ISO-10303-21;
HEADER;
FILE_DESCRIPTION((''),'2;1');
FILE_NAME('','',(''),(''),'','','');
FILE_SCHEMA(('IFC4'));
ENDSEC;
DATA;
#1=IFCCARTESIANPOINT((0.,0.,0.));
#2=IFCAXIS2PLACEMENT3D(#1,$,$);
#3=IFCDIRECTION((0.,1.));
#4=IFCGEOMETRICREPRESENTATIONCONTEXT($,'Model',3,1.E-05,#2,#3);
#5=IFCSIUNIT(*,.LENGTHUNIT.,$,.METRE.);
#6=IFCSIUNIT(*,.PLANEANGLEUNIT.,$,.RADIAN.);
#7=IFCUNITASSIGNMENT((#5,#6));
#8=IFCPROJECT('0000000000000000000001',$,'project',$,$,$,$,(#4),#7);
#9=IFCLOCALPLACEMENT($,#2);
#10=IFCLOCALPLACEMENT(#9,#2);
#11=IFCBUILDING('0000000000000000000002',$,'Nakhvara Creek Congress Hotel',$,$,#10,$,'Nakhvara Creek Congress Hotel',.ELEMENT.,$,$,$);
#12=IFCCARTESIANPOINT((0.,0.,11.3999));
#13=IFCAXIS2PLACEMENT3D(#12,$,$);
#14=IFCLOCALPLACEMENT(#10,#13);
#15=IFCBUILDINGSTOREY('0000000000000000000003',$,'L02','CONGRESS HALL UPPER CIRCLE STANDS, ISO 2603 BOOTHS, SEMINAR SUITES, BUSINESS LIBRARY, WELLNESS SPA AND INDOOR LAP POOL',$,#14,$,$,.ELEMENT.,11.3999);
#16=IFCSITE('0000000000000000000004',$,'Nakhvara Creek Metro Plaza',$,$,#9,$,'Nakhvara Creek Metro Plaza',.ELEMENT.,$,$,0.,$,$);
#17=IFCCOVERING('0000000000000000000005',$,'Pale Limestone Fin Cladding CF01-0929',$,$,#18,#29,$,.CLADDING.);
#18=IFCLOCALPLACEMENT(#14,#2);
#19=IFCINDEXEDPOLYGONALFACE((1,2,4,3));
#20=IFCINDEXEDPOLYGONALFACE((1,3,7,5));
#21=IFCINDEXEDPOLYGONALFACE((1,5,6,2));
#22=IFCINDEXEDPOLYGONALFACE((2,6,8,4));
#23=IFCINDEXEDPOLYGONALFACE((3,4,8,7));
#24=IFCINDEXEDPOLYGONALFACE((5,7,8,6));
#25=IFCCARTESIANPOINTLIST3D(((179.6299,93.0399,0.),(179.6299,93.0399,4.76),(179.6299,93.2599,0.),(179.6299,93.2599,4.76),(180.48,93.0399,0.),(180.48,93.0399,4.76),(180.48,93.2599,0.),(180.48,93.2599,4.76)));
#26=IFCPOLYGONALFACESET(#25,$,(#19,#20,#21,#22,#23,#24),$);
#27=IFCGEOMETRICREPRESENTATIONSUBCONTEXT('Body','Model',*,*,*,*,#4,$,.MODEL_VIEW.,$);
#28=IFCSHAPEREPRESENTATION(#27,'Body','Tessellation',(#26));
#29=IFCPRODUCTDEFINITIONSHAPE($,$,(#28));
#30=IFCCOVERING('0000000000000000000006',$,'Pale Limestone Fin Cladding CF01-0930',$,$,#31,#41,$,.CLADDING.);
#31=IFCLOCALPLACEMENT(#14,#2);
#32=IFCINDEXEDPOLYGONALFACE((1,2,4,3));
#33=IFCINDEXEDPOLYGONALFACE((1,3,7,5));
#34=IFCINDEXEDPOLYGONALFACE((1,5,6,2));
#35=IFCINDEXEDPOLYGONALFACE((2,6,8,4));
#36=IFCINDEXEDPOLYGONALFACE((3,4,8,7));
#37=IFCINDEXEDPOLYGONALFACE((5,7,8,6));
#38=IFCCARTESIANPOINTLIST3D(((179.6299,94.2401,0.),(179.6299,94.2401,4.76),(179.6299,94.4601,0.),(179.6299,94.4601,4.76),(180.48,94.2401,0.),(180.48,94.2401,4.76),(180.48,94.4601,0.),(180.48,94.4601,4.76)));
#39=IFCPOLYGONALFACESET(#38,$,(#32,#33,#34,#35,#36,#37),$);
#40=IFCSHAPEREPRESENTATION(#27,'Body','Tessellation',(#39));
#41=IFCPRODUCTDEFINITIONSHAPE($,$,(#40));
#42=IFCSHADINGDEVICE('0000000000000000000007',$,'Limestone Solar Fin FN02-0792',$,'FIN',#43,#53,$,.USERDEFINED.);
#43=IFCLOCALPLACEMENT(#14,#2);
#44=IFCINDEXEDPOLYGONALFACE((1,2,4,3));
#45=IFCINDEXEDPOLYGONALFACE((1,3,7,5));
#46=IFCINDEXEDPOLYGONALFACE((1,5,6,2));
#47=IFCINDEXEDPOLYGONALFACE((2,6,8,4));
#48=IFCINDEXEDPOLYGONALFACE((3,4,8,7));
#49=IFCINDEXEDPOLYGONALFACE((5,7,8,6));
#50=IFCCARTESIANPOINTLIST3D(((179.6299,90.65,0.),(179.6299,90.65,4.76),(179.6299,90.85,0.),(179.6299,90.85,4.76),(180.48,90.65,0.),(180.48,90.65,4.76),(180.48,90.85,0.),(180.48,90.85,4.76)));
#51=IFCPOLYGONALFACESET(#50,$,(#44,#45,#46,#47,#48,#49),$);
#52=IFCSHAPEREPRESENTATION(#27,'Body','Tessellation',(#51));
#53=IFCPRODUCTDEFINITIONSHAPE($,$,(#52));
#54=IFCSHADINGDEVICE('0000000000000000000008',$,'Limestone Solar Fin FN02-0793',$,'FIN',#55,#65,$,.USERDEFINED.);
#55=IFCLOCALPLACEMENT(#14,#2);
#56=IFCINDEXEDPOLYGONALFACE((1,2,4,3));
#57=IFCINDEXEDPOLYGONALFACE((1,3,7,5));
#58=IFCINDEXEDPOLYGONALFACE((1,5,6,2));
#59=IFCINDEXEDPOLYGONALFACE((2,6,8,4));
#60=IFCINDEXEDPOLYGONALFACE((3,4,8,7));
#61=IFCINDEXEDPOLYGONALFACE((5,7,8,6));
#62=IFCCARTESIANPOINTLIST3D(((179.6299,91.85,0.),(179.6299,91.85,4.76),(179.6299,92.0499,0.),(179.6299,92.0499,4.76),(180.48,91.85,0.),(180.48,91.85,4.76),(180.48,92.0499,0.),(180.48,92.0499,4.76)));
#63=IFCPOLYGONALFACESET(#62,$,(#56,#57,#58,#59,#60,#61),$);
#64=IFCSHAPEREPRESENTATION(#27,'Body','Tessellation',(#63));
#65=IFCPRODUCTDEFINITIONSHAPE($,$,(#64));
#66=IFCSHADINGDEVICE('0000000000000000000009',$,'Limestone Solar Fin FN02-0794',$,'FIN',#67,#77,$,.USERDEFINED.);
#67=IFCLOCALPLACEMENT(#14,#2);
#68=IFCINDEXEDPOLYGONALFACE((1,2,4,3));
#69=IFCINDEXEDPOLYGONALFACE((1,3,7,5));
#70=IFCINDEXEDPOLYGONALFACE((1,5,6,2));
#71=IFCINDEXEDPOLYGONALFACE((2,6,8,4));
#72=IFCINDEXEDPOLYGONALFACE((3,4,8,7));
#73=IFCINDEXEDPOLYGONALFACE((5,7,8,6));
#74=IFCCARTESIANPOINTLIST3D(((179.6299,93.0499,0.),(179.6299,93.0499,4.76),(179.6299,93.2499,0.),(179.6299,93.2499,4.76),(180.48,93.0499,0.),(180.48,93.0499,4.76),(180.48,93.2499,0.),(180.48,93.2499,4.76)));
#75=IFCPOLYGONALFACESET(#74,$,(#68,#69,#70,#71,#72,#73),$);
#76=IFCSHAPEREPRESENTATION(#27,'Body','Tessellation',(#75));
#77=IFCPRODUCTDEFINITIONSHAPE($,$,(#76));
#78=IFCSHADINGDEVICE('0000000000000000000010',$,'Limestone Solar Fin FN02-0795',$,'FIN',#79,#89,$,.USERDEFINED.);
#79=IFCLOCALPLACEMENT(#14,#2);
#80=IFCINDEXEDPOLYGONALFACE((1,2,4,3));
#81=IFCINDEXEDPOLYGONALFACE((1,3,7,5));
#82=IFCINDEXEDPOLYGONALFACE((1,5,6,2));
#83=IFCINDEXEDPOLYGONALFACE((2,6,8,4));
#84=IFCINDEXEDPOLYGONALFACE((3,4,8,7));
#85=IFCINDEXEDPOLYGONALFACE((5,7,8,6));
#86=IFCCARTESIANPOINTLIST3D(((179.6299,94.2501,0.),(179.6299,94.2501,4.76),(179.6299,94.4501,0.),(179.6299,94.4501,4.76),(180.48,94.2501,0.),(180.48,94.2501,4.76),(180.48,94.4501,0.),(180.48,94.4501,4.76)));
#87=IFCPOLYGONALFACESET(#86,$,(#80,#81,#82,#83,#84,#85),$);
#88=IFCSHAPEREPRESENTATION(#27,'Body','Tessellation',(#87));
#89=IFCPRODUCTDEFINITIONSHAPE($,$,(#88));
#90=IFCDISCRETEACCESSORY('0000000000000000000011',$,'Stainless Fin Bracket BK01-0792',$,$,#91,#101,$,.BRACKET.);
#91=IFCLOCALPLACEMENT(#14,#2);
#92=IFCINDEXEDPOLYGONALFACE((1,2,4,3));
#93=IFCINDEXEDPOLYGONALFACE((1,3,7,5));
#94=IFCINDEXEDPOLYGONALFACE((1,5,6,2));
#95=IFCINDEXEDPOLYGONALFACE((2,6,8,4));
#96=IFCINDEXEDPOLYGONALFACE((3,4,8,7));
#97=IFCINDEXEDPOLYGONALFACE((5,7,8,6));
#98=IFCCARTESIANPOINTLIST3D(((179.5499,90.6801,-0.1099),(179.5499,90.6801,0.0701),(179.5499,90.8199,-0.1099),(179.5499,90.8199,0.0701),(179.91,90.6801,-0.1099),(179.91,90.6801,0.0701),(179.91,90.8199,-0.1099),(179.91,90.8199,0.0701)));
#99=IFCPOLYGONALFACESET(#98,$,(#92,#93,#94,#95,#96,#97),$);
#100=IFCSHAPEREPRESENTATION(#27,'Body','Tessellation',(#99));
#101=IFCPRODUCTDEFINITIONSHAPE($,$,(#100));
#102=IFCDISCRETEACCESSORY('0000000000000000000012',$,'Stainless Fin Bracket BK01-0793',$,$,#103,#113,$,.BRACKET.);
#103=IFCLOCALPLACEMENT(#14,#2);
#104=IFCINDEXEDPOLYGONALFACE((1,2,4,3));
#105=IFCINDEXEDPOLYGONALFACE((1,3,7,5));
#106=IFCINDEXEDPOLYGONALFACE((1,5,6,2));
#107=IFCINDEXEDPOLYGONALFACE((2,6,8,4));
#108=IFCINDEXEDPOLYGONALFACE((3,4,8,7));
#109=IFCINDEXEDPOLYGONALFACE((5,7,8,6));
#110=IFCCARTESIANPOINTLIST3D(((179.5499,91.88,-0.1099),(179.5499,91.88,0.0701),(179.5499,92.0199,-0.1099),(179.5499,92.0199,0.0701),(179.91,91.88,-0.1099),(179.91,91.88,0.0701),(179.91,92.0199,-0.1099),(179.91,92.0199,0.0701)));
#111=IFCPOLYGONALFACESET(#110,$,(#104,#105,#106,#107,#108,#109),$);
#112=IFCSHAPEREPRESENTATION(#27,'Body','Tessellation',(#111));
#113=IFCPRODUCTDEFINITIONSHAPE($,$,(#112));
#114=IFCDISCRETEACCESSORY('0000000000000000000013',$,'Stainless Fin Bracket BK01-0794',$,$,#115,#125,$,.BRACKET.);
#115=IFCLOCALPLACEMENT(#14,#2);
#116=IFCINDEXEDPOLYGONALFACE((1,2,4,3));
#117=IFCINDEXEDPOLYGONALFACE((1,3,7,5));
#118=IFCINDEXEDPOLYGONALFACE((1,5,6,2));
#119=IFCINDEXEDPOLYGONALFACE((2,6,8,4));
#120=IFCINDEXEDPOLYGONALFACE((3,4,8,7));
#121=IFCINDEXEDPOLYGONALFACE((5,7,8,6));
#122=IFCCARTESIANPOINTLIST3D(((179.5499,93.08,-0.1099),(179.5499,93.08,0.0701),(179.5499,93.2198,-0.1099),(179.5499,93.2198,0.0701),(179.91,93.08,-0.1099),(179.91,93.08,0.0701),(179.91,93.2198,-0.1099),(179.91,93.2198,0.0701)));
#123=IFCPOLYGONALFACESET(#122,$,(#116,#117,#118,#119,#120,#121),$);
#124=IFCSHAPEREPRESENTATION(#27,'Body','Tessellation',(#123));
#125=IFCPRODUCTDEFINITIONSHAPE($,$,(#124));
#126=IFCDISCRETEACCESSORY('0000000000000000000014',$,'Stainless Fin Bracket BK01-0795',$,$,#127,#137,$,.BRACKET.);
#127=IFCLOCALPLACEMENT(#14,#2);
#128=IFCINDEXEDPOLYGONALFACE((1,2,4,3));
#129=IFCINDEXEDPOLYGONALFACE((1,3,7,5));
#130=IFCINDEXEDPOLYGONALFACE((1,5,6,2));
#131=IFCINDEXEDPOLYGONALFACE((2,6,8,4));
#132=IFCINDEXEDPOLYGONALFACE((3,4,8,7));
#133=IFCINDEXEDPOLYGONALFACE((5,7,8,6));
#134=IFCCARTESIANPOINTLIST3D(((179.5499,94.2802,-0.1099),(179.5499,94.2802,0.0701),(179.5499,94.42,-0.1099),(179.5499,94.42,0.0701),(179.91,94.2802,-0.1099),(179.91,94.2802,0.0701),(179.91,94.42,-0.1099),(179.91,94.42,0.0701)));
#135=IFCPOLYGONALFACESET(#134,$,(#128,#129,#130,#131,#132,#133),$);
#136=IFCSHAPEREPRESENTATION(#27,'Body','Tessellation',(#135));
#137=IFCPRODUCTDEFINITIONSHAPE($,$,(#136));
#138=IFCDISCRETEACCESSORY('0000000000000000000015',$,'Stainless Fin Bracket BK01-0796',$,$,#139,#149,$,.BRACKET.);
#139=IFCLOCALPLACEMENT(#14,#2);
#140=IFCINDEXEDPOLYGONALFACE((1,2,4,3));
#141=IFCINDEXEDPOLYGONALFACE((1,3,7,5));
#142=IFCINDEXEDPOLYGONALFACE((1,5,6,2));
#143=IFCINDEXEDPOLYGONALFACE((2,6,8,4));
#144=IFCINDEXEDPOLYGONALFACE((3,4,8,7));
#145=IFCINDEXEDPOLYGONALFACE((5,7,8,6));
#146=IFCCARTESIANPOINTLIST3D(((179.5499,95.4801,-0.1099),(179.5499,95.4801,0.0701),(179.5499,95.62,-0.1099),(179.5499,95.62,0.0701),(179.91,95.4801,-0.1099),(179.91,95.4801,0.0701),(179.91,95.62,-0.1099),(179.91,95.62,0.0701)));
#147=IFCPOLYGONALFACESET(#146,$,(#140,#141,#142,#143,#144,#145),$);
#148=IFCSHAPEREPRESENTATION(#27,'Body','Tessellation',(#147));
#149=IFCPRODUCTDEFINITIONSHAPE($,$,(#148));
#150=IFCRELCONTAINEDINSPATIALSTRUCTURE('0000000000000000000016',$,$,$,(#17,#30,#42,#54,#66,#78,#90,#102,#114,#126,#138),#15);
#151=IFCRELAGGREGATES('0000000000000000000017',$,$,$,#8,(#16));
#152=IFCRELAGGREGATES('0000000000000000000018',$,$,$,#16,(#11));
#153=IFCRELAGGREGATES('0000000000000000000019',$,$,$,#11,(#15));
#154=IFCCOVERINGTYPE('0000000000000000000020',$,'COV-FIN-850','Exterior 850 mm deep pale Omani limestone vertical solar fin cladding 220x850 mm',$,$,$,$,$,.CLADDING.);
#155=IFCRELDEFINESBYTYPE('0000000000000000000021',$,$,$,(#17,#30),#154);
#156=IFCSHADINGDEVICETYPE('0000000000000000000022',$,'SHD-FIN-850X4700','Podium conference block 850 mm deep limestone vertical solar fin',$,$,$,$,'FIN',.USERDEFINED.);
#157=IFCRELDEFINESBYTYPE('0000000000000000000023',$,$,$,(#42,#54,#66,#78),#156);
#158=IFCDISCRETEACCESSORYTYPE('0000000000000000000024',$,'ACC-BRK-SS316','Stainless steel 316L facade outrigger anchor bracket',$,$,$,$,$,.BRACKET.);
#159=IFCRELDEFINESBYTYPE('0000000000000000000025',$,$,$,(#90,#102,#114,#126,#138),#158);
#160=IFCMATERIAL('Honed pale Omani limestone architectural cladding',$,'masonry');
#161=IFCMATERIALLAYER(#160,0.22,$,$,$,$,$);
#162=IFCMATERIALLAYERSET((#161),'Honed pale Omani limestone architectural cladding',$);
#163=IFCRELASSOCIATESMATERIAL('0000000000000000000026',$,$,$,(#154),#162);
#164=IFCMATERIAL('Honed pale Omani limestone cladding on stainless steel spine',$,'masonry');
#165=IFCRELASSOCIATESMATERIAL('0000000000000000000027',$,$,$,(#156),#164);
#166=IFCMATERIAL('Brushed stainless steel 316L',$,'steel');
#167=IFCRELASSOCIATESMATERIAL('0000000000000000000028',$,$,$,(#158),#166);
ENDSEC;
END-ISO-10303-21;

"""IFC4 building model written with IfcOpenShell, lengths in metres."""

from ifc_helpers import new_model, si_unit, direction, frame, origin, origin_2d, place, context, subcontext, project, spatial, rectangle, extrude, material, layer, layer_set, type_object, element, save


model = new_model("IFC4")

# Units and contexts
model_context = context("Model", 3, precision=1e-05, world=origin(), true_north=direction((0.0, 1.0)))
body_context = subcontext(model_context, "Body", "Model", "MODEL_VIEW")
ifc_project = project(units=[si_unit("LENGTHUNIT", "METRE"), si_unit("PLANEANGLEUNIT", "RADIAN")], contexts=[model_context])

# Site, building, storey
site_placement = place(None, origin())
site = spatial("IfcSite", under=ifc_project, at=site_placement, Name="Nakhvara Creek Metro Plaza", LongName="Nakhvara Creek Metro Plaza", CompositionType="ELEMENT", RefElevation=0.0)
building_placement = place(site_placement, origin())
building = spatial("IfcBuilding", under=site, at=building_placement, Name="Nakhvara Creek Congress Hotel", LongName="Nakhvara Creek Congress Hotel", CompositionType="ELEMENT")
storey_placement = place(building_placement, frame((0.0, 0.0, 11.3999)))
storey = spatial("IfcBuildingStorey", under=building, at=storey_placement, Name="L02", Description="CONGRESS HALL UPPER CIRCLE STANDS, ISO 2603 BOOTHS, SEMINAR SUITES, BUSINESS LIBRARY, WELLNESS SPA AND INDOOR LAP POOL", CompositionType="ELEMENT", Elevation=11.3999)

# Coverings
ifc_material_1 = material(Name="Honed pale Omani limestone architectural cladding", Category="masonry")
ifc_layer_1 = layer(ifc_material_1, 0.22)
ifc_layer_set_1 = layer_set([ifc_layer_1], Name="Honed pale Omani limestone architectural cladding")
covering_type = type_object("IfcCoveringType", Name="COV-FIN-850", Description="Exterior 850 mm deep pale Omani limestone vertical solar fin cladding 220x850 mm", PredefinedType="CLADDING", material=ifc_layer_set_1)
for number, where, z_axis, x_axis, name in (
    (1, (180.0549, 93.1499, 0.0), (0.0, 0.0, 1.0), (0.0, 1.0, 0.0), "Pale Limestone Fin Cladding CF01-0929"),
    (2, (180.0549, 94.3501, 0.0), (0.0, 0.0, 1.0), (0.0, 1.0, 0.0), "Pale Limestone Fin Cladding CF01-0930"),
):
    element("IfcCovering", number, at=place(storey_placement, frame(where, z_axis=z_axis, x_axis=x_axis)), inside=storey, type_object=covering_type, Name=name, PredefinedType="CLADDING", context=body_context, shape_type="SweptSolid", body=[
        extrude(rectangle(XDim=0.22, YDim=0.8501, at=origin_2d()), origin(), (0.0, 0.0, 1.0), 4.76),
    ])

# Shading devices
ifc_material_2 = material(Name="Honed pale Omani limestone cladding on stainless steel spine", Category="masonry")
shading_device_type = type_object("IfcShadingDeviceType", Name="SHD-FIN-850X4700", Description="Podium conference block 850 mm deep limestone vertical solar fin", ElementType="FIN", PredefinedType="USERDEFINED", material=ifc_material_2)
for number, where, z_axis, x_axis, name in (
    (3, (180.0549, 90.75, 0.0), (0.0, 0.0, 1.0), (0.0, 1.0, 0.0), "Limestone Solar Fin FN02-0792"),
    (4, (180.0549, 91.95, 0.0), (0.0, 0.0, 1.0), (0.0, 1.0, 0.0), "Limestone Solar Fin FN02-0793"),
    (5, (180.0549, 93.1499, 0.0), (0.0, 0.0, 1.0), (0.0, 1.0, 0.0), "Limestone Solar Fin FN02-0794"),
    (6, (180.0549, 94.3501, 0.0), (0.0, 0.0, 1.0), (0.0, 1.0, 0.0), "Limestone Solar Fin FN02-0795"),
):
    element("IfcShadingDevice", number, at=place(storey_placement, frame(where, z_axis=z_axis, x_axis=x_axis)), inside=storey, type_object=shading_device_type, Name=name, ObjectType="FIN", PredefinedType="USERDEFINED", context=body_context, shape_type="SweptSolid", body=[
        extrude(rectangle(XDim=0.2, YDim=0.8501, at=origin_2d()), origin(), (0.0, 0.0, 1.0), 4.76),
    ])

# Discrete accessories
ifc_material_3 = material(Name="Brushed stainless steel 316L", Category="steel")
discrete_accessory_type = type_object("IfcDiscreteAccessoryType", Name="ACC-BRK-SS316", Description="Stainless steel 316L facade outrigger anchor bracket", PredefinedType="BRACKET", material=ifc_material_3)
for number, where, z_axis, x_axis, name in (
    (7, (179.73, 90.75, -0.1099), (0.0, 0.0, 1.0), (0.0, 1.0, 0.0), "Stainless Fin Bracket BK01-0792"),
    (8, (179.73, 91.95, -0.1099), (0.0, 0.0, 1.0), (0.0, 1.0, 0.0), "Stainless Fin Bracket BK01-0793"),
    (9, (179.73, 93.1499, -0.1099), (0.0, 0.0, 1.0), (0.0, 1.0, 0.0), "Stainless Fin Bracket BK01-0794"),
    (10, (179.73, 94.3501, -0.1099), (0.0, 0.0, 1.0), (0.0, 1.0, 0.0), "Stainless Fin Bracket BK01-0795"),
    (11, (179.73, 95.55, -0.1099), (0.0, 0.0, 1.0), (0.0, 1.0, 0.0), "Stainless Fin Bracket BK01-0796"),
):
    element("IfcDiscreteAccessory", number, at=place(storey_placement, frame(where, z_axis=z_axis, x_axis=x_axis)), inside=storey, type_object=discrete_accessory_type, Name=name, PredefinedType="BRACKET", context=body_context, shape_type="SweptSolid", body=[
        extrude(rectangle(XDim=0.1399, YDim=0.3601, at=origin_2d()), origin(), (0.0, 0.0, 1.0), 0.1799),
    ])

save(model, "model.ifc")
